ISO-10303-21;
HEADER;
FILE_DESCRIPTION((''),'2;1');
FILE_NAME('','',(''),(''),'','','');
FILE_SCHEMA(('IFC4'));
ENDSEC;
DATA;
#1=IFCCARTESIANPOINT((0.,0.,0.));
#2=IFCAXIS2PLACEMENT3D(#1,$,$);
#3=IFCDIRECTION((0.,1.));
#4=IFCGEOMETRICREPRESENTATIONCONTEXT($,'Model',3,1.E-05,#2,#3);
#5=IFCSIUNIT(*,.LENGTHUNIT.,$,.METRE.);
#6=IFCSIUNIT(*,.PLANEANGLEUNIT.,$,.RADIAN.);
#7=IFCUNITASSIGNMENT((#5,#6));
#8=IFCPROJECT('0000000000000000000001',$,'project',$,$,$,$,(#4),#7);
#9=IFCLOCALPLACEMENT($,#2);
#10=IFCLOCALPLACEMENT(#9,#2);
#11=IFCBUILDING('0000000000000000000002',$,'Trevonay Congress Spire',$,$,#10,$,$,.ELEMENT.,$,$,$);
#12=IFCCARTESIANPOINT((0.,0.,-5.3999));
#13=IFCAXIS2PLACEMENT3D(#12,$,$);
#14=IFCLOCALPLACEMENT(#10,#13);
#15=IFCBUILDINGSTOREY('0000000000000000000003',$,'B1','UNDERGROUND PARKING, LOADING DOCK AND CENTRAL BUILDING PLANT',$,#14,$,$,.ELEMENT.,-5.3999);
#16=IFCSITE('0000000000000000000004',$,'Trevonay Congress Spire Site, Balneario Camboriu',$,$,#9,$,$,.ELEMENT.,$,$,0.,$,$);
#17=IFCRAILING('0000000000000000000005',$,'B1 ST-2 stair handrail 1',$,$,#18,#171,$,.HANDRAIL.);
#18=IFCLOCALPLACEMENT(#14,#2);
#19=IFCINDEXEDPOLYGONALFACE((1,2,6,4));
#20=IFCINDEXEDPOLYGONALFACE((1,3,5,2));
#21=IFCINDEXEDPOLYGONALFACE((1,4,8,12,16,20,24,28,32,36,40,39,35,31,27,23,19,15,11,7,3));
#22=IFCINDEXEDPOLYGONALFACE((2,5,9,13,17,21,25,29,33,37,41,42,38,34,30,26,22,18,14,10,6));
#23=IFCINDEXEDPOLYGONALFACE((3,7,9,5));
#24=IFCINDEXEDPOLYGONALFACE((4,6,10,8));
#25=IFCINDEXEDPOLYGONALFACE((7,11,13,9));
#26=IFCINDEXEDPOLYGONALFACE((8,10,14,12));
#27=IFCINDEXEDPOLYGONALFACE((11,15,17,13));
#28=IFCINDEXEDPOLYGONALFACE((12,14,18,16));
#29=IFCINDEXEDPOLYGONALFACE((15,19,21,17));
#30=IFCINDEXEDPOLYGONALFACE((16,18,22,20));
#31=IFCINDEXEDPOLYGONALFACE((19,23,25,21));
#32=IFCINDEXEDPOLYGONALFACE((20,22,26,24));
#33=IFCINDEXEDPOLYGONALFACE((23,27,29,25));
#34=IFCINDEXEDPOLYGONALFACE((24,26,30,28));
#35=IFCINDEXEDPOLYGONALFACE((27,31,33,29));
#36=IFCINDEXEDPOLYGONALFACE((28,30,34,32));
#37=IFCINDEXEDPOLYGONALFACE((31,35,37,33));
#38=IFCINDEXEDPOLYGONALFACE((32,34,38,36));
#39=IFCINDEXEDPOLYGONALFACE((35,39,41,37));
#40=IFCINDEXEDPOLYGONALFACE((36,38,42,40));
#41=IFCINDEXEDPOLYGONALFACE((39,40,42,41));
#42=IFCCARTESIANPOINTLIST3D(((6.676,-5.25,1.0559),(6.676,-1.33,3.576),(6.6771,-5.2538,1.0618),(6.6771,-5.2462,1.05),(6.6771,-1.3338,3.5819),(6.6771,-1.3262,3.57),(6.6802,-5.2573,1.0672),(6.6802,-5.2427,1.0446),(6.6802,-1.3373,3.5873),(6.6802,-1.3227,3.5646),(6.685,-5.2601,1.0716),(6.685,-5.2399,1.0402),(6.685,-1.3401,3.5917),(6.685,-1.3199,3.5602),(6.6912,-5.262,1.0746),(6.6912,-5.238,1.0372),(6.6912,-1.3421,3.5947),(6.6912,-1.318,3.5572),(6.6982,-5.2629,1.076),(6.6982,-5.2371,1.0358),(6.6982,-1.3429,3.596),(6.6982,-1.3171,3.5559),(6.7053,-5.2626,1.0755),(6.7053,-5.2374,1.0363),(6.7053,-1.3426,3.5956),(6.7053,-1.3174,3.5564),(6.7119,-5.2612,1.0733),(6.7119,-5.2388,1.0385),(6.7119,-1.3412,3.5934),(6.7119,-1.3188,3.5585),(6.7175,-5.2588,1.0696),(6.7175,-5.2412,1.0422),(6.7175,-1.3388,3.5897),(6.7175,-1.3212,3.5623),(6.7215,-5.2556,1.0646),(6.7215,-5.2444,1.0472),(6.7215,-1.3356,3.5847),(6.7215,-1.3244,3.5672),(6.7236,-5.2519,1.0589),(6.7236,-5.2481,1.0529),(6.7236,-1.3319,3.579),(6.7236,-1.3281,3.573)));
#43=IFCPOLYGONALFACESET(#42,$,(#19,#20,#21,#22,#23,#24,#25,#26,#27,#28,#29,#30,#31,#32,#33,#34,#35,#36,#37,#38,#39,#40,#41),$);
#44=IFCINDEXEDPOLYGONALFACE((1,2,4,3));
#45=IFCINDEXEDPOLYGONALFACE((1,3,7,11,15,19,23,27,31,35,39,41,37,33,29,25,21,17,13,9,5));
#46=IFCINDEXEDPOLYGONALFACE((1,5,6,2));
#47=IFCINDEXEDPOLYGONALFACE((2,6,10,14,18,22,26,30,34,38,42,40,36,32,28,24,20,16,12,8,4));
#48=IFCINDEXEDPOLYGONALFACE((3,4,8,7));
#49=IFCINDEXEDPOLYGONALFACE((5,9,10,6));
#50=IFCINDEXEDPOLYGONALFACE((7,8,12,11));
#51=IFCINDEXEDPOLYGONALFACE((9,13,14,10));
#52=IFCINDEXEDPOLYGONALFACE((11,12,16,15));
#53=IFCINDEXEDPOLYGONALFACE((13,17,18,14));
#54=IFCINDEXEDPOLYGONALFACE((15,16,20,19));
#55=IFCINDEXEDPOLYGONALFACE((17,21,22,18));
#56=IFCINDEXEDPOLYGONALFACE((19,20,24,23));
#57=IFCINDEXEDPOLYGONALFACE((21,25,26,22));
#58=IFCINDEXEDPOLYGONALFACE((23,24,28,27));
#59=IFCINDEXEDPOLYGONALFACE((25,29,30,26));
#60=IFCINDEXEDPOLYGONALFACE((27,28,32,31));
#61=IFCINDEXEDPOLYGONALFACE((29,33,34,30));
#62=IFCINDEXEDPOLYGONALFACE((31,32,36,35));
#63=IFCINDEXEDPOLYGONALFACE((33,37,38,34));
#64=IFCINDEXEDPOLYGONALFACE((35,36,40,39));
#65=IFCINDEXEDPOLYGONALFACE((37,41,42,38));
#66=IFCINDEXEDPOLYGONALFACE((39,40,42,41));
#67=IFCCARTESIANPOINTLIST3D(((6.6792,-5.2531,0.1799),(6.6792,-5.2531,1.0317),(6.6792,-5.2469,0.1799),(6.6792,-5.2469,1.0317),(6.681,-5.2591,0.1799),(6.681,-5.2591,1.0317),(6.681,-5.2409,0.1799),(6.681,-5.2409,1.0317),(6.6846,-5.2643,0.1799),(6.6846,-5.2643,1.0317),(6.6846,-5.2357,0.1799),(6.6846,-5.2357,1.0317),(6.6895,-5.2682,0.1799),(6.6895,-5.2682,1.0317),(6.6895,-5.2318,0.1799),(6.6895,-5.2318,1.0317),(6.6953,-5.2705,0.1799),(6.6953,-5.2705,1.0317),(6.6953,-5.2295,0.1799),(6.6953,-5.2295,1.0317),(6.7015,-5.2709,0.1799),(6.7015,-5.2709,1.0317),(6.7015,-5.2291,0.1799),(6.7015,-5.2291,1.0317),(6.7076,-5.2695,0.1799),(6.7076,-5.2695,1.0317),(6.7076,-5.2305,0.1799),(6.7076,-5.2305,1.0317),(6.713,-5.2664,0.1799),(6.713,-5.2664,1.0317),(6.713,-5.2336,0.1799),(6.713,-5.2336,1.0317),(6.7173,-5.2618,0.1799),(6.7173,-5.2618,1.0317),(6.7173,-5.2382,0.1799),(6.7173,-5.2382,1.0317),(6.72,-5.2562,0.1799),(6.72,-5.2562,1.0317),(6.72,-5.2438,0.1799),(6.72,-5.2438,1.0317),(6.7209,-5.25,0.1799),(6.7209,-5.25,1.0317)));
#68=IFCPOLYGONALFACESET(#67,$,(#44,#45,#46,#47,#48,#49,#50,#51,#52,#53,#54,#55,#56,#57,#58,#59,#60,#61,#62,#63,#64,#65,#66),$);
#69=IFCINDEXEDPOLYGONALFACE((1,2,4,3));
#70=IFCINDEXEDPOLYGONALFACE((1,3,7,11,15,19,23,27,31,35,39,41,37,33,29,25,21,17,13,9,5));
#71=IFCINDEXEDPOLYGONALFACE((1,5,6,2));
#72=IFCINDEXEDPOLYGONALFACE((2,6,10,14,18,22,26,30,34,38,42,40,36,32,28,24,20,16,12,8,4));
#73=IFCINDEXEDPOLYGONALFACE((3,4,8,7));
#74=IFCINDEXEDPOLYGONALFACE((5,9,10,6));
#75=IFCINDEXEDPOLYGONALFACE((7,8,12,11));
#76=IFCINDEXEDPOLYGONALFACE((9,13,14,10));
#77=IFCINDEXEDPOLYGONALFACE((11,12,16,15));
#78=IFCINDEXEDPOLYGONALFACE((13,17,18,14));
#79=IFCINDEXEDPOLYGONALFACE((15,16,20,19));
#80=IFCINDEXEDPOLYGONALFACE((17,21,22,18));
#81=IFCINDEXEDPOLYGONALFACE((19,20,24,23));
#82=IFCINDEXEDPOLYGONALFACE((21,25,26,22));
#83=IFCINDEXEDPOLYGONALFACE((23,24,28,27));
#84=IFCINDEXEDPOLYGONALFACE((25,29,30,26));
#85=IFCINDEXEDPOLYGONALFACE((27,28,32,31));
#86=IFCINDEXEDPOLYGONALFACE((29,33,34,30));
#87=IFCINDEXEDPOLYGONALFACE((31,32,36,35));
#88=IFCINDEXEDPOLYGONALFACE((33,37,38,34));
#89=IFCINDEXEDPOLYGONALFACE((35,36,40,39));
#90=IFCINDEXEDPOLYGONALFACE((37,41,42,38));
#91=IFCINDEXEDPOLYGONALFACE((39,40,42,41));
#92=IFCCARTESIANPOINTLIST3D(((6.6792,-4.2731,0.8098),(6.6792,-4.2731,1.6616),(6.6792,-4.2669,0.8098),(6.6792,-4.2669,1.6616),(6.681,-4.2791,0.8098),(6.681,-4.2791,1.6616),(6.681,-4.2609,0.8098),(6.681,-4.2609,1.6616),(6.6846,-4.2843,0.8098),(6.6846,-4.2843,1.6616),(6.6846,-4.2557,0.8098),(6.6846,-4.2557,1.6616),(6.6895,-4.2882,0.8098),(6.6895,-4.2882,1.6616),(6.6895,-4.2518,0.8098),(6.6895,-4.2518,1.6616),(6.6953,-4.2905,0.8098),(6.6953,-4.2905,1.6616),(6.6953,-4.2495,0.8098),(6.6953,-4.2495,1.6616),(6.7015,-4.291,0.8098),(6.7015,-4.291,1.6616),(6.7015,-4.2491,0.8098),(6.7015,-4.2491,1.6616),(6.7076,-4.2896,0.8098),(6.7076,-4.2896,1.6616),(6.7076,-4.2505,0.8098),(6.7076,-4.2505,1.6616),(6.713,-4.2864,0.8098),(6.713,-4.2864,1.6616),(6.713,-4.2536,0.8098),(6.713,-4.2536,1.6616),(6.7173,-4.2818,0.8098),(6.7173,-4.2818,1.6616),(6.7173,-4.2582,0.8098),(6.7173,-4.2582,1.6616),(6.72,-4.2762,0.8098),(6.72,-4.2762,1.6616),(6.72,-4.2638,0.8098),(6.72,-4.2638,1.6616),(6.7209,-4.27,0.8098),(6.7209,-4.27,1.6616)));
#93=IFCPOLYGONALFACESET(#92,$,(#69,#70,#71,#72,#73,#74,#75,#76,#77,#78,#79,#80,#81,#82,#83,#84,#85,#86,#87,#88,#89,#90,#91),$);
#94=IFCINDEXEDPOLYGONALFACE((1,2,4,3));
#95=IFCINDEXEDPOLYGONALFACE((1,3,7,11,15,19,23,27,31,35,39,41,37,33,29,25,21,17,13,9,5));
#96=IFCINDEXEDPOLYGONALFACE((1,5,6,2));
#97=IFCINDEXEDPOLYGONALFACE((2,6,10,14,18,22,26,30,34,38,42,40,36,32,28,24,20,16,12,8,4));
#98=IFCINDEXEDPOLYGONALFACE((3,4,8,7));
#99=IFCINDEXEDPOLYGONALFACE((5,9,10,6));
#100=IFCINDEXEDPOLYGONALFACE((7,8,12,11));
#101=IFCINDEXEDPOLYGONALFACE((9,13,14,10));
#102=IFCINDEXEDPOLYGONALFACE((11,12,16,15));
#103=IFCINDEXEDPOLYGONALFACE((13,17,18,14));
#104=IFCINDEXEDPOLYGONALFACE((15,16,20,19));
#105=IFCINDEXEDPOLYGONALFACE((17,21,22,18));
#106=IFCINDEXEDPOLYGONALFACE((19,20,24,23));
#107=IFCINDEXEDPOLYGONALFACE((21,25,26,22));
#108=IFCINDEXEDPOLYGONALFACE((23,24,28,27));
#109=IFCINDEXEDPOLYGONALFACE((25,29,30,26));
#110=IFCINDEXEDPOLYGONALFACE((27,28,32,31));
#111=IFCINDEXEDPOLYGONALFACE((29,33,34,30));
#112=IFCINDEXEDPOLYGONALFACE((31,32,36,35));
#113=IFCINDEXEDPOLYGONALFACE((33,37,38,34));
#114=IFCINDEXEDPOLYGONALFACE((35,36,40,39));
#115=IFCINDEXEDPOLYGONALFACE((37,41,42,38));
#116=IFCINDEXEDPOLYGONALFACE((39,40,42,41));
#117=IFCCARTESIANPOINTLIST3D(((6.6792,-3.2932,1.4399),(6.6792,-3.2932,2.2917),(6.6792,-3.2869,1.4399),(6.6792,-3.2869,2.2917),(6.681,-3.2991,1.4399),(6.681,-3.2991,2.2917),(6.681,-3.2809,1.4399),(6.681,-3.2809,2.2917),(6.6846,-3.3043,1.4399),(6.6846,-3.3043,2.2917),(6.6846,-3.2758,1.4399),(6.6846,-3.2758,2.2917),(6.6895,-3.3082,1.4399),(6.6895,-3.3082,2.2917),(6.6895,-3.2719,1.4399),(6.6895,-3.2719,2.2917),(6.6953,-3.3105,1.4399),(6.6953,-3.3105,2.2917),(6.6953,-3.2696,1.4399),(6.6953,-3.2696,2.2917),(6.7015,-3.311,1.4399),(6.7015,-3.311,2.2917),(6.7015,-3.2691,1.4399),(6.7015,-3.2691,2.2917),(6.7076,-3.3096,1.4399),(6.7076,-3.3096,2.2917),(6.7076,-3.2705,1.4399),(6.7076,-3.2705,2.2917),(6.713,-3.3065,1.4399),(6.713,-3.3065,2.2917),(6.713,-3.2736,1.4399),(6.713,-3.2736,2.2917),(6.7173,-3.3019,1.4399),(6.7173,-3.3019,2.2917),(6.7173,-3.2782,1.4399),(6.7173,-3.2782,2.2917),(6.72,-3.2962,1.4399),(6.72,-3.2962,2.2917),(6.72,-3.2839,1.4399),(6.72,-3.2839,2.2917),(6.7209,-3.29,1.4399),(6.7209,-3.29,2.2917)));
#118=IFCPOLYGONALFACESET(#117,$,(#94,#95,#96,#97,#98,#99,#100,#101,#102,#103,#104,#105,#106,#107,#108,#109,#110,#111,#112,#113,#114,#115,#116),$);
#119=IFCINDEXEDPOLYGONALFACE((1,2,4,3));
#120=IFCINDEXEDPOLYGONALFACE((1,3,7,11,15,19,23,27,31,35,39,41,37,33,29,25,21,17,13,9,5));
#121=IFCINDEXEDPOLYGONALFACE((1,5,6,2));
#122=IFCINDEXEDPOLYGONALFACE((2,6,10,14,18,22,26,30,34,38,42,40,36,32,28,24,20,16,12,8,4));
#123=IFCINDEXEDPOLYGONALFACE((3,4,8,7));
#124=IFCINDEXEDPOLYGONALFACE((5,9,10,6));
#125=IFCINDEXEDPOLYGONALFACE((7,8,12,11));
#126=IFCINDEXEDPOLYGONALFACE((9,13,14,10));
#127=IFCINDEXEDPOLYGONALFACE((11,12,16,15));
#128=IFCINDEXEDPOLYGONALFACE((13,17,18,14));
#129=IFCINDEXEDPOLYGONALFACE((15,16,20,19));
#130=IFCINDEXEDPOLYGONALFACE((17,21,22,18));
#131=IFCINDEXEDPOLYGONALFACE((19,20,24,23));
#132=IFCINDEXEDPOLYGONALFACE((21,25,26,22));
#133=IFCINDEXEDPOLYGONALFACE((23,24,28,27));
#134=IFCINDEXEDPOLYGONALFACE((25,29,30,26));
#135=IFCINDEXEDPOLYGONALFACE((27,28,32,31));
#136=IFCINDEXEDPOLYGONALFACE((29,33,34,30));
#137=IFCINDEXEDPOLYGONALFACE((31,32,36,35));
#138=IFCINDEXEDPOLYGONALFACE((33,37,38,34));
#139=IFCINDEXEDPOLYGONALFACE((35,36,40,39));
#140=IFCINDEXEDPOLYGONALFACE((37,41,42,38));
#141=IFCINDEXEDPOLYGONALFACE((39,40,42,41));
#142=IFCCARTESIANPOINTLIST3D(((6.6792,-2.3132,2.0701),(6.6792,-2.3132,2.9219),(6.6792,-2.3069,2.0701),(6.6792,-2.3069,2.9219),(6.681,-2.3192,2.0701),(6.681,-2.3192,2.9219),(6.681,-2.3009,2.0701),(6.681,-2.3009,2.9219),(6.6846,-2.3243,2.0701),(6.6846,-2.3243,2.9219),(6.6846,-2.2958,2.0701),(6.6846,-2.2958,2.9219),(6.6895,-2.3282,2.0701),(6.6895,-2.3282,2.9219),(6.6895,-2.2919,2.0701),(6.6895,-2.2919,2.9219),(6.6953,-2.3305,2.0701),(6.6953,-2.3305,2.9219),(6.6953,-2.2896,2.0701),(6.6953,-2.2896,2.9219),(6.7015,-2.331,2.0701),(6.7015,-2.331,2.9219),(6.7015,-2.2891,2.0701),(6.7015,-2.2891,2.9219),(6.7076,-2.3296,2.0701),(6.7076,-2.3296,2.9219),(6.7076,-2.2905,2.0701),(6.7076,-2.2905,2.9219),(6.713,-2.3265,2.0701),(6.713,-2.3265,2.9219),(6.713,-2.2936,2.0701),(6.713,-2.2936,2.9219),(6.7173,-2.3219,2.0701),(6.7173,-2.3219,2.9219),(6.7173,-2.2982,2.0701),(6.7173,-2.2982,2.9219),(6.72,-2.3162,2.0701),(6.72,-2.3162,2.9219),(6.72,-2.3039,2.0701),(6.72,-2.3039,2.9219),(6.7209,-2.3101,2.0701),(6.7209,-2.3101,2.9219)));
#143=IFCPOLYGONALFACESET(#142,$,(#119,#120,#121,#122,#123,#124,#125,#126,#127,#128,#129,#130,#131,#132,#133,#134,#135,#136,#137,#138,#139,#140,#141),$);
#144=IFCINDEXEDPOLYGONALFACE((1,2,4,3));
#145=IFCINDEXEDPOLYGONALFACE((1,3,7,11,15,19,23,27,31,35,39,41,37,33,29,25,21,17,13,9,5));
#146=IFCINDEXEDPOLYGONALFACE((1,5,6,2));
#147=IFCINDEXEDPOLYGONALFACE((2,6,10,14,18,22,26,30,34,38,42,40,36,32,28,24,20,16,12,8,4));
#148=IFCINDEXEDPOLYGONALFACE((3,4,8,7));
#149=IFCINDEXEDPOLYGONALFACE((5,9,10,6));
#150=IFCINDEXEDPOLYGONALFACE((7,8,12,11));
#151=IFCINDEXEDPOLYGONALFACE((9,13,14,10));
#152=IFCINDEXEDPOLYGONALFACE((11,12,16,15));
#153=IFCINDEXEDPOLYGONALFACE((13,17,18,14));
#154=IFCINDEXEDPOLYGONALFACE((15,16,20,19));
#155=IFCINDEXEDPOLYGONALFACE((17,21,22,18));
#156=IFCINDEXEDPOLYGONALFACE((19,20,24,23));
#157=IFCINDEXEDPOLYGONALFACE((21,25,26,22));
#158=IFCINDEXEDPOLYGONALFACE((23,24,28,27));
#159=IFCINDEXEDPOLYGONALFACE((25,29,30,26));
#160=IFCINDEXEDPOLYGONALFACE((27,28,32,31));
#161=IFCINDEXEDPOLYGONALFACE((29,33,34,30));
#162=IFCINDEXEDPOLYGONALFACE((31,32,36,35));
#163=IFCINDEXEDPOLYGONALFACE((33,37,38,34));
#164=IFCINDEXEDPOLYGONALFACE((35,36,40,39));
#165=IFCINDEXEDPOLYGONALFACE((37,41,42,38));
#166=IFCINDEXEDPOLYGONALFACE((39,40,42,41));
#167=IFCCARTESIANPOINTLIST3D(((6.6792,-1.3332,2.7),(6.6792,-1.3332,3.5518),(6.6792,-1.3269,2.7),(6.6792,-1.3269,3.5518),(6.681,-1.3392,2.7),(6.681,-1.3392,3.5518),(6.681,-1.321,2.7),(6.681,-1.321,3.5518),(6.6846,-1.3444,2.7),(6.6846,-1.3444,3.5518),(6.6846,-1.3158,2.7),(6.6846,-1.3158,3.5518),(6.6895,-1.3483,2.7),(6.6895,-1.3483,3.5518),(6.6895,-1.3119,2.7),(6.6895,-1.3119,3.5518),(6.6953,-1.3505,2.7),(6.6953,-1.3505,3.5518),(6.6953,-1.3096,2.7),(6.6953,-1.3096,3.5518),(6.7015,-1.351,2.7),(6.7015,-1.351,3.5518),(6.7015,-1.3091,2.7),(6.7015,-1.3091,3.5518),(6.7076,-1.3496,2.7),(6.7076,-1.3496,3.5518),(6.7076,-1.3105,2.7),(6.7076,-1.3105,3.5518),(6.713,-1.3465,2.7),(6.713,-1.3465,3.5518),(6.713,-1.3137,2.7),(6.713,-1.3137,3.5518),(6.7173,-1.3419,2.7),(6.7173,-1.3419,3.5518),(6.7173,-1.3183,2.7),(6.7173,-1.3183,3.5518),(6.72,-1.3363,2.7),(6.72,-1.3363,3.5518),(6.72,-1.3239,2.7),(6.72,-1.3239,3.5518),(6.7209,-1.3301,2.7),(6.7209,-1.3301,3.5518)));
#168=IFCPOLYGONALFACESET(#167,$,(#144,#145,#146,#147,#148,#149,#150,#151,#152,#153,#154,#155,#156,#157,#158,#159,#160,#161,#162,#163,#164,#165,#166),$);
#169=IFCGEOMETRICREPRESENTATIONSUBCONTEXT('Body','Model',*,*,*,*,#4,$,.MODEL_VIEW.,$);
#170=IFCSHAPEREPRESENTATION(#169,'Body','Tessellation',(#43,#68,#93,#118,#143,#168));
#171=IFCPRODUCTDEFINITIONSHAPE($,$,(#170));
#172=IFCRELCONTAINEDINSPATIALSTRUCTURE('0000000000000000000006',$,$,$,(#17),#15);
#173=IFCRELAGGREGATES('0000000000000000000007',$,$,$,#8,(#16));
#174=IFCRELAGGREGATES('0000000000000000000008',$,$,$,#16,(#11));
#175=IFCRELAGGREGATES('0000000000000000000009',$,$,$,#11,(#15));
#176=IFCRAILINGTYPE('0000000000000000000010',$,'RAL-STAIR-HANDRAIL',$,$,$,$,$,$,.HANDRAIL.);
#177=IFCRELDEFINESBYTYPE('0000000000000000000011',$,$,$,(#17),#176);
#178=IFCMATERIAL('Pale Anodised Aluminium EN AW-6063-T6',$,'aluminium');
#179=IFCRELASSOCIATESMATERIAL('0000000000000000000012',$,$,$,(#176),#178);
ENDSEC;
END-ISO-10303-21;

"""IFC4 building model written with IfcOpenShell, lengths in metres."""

from ifc_helpers import new_model, si_unit, direction, frame, origin, origin_2d, place, context, subcontext, project, spatial, circle, extrude, material, type_object, element, save


model = new_model("IFC4")

# Units and contexts
model_context = context("Model", 3, precision=1e-05, world=origin(), true_north=direction((0.0, 1.0)))
body_context = subcontext(model_context, "Body", "Model", "MODEL_VIEW")
ifc_project = project(units=[si_unit("LENGTHUNIT", "METRE"), si_unit("PLANEANGLEUNIT", "RADIAN")], contexts=[model_context])

# Site, building, storey
site_placement = place(None, origin())
site = spatial("IfcSite", under=ifc_project, at=site_placement, Name="Trevonay Congress Spire Site, Balneario Camboriu", CompositionType="ELEMENT", RefElevation=0.0)
building_placement = place(site_placement, origin())
building = spatial("IfcBuilding", under=site, at=building_placement, Name="Trevonay Congress Spire", CompositionType="ELEMENT")
storey_placement = place(building_placement, frame((0.0, 0.0, -5.3999)))
storey = spatial("IfcBuildingStorey", under=building, at=storey_placement, Name="B1", Description="UNDERGROUND PARKING, LOADING DOCK AND CENTRAL BUILDING PLANT", CompositionType="ELEMENT", Elevation=-5.3999)

# Railing
ifc_material_1 = material(Name="Pale Anodised Aluminium EN AW-6063-T6", Category="aluminium")
railing_type_1 = type_object("IfcRailingType", Name="RAL-STAIR-HANDRAIL", PredefinedType="HANDRAIL", material=ifc_material_1)
railing_1_placement = place(storey_placement, frame((6.7, -5.25, 0.1799)))
element("IfcRailing", 1, at=railing_1_placement, inside=storey, type_object=railing_type_1, Name="B1 ST-2 stair handrail 1", PredefinedType="HANDRAIL", context=body_context, shape_type="SweptSolid", body=[
    extrude(circle(Radius=0.0239, at=origin_2d()), frame((0.0, 0.0, 0.876), z_axis=(0.0, 0.841172, 0.540768), x_axis=(-1.0, 0.0, 0.0)), (0.0, 0.0, 1.0), 4.6602),
    extrude(circle(Radius=0.021, at=origin_2d()), origin(), (0.0, 0.0, 1.0), 0.8518),
    extrude(circle(Radius=0.021, at=origin_2d()), frame((0.0, 0.98, 0.6299)), (0.0, 0.0, 1.0), 0.8518),
    extrude(circle(Radius=0.021, at=origin_2d()), frame((0.0, 1.96, 1.26)), (0.0, 0.0, 1.0), 0.8518),
    extrude(circle(Radius=0.021, at=origin_2d()), frame((0.0, 2.9399, 1.8901)), (0.0, 0.0, 1.0), 0.8518),
    extrude(circle(Radius=0.021, at=origin_2d()), frame((0.0, 3.9199, 2.52)), (0.0, 0.0, 1.0), 0.8518),
])

save(model, "model.ifc")
